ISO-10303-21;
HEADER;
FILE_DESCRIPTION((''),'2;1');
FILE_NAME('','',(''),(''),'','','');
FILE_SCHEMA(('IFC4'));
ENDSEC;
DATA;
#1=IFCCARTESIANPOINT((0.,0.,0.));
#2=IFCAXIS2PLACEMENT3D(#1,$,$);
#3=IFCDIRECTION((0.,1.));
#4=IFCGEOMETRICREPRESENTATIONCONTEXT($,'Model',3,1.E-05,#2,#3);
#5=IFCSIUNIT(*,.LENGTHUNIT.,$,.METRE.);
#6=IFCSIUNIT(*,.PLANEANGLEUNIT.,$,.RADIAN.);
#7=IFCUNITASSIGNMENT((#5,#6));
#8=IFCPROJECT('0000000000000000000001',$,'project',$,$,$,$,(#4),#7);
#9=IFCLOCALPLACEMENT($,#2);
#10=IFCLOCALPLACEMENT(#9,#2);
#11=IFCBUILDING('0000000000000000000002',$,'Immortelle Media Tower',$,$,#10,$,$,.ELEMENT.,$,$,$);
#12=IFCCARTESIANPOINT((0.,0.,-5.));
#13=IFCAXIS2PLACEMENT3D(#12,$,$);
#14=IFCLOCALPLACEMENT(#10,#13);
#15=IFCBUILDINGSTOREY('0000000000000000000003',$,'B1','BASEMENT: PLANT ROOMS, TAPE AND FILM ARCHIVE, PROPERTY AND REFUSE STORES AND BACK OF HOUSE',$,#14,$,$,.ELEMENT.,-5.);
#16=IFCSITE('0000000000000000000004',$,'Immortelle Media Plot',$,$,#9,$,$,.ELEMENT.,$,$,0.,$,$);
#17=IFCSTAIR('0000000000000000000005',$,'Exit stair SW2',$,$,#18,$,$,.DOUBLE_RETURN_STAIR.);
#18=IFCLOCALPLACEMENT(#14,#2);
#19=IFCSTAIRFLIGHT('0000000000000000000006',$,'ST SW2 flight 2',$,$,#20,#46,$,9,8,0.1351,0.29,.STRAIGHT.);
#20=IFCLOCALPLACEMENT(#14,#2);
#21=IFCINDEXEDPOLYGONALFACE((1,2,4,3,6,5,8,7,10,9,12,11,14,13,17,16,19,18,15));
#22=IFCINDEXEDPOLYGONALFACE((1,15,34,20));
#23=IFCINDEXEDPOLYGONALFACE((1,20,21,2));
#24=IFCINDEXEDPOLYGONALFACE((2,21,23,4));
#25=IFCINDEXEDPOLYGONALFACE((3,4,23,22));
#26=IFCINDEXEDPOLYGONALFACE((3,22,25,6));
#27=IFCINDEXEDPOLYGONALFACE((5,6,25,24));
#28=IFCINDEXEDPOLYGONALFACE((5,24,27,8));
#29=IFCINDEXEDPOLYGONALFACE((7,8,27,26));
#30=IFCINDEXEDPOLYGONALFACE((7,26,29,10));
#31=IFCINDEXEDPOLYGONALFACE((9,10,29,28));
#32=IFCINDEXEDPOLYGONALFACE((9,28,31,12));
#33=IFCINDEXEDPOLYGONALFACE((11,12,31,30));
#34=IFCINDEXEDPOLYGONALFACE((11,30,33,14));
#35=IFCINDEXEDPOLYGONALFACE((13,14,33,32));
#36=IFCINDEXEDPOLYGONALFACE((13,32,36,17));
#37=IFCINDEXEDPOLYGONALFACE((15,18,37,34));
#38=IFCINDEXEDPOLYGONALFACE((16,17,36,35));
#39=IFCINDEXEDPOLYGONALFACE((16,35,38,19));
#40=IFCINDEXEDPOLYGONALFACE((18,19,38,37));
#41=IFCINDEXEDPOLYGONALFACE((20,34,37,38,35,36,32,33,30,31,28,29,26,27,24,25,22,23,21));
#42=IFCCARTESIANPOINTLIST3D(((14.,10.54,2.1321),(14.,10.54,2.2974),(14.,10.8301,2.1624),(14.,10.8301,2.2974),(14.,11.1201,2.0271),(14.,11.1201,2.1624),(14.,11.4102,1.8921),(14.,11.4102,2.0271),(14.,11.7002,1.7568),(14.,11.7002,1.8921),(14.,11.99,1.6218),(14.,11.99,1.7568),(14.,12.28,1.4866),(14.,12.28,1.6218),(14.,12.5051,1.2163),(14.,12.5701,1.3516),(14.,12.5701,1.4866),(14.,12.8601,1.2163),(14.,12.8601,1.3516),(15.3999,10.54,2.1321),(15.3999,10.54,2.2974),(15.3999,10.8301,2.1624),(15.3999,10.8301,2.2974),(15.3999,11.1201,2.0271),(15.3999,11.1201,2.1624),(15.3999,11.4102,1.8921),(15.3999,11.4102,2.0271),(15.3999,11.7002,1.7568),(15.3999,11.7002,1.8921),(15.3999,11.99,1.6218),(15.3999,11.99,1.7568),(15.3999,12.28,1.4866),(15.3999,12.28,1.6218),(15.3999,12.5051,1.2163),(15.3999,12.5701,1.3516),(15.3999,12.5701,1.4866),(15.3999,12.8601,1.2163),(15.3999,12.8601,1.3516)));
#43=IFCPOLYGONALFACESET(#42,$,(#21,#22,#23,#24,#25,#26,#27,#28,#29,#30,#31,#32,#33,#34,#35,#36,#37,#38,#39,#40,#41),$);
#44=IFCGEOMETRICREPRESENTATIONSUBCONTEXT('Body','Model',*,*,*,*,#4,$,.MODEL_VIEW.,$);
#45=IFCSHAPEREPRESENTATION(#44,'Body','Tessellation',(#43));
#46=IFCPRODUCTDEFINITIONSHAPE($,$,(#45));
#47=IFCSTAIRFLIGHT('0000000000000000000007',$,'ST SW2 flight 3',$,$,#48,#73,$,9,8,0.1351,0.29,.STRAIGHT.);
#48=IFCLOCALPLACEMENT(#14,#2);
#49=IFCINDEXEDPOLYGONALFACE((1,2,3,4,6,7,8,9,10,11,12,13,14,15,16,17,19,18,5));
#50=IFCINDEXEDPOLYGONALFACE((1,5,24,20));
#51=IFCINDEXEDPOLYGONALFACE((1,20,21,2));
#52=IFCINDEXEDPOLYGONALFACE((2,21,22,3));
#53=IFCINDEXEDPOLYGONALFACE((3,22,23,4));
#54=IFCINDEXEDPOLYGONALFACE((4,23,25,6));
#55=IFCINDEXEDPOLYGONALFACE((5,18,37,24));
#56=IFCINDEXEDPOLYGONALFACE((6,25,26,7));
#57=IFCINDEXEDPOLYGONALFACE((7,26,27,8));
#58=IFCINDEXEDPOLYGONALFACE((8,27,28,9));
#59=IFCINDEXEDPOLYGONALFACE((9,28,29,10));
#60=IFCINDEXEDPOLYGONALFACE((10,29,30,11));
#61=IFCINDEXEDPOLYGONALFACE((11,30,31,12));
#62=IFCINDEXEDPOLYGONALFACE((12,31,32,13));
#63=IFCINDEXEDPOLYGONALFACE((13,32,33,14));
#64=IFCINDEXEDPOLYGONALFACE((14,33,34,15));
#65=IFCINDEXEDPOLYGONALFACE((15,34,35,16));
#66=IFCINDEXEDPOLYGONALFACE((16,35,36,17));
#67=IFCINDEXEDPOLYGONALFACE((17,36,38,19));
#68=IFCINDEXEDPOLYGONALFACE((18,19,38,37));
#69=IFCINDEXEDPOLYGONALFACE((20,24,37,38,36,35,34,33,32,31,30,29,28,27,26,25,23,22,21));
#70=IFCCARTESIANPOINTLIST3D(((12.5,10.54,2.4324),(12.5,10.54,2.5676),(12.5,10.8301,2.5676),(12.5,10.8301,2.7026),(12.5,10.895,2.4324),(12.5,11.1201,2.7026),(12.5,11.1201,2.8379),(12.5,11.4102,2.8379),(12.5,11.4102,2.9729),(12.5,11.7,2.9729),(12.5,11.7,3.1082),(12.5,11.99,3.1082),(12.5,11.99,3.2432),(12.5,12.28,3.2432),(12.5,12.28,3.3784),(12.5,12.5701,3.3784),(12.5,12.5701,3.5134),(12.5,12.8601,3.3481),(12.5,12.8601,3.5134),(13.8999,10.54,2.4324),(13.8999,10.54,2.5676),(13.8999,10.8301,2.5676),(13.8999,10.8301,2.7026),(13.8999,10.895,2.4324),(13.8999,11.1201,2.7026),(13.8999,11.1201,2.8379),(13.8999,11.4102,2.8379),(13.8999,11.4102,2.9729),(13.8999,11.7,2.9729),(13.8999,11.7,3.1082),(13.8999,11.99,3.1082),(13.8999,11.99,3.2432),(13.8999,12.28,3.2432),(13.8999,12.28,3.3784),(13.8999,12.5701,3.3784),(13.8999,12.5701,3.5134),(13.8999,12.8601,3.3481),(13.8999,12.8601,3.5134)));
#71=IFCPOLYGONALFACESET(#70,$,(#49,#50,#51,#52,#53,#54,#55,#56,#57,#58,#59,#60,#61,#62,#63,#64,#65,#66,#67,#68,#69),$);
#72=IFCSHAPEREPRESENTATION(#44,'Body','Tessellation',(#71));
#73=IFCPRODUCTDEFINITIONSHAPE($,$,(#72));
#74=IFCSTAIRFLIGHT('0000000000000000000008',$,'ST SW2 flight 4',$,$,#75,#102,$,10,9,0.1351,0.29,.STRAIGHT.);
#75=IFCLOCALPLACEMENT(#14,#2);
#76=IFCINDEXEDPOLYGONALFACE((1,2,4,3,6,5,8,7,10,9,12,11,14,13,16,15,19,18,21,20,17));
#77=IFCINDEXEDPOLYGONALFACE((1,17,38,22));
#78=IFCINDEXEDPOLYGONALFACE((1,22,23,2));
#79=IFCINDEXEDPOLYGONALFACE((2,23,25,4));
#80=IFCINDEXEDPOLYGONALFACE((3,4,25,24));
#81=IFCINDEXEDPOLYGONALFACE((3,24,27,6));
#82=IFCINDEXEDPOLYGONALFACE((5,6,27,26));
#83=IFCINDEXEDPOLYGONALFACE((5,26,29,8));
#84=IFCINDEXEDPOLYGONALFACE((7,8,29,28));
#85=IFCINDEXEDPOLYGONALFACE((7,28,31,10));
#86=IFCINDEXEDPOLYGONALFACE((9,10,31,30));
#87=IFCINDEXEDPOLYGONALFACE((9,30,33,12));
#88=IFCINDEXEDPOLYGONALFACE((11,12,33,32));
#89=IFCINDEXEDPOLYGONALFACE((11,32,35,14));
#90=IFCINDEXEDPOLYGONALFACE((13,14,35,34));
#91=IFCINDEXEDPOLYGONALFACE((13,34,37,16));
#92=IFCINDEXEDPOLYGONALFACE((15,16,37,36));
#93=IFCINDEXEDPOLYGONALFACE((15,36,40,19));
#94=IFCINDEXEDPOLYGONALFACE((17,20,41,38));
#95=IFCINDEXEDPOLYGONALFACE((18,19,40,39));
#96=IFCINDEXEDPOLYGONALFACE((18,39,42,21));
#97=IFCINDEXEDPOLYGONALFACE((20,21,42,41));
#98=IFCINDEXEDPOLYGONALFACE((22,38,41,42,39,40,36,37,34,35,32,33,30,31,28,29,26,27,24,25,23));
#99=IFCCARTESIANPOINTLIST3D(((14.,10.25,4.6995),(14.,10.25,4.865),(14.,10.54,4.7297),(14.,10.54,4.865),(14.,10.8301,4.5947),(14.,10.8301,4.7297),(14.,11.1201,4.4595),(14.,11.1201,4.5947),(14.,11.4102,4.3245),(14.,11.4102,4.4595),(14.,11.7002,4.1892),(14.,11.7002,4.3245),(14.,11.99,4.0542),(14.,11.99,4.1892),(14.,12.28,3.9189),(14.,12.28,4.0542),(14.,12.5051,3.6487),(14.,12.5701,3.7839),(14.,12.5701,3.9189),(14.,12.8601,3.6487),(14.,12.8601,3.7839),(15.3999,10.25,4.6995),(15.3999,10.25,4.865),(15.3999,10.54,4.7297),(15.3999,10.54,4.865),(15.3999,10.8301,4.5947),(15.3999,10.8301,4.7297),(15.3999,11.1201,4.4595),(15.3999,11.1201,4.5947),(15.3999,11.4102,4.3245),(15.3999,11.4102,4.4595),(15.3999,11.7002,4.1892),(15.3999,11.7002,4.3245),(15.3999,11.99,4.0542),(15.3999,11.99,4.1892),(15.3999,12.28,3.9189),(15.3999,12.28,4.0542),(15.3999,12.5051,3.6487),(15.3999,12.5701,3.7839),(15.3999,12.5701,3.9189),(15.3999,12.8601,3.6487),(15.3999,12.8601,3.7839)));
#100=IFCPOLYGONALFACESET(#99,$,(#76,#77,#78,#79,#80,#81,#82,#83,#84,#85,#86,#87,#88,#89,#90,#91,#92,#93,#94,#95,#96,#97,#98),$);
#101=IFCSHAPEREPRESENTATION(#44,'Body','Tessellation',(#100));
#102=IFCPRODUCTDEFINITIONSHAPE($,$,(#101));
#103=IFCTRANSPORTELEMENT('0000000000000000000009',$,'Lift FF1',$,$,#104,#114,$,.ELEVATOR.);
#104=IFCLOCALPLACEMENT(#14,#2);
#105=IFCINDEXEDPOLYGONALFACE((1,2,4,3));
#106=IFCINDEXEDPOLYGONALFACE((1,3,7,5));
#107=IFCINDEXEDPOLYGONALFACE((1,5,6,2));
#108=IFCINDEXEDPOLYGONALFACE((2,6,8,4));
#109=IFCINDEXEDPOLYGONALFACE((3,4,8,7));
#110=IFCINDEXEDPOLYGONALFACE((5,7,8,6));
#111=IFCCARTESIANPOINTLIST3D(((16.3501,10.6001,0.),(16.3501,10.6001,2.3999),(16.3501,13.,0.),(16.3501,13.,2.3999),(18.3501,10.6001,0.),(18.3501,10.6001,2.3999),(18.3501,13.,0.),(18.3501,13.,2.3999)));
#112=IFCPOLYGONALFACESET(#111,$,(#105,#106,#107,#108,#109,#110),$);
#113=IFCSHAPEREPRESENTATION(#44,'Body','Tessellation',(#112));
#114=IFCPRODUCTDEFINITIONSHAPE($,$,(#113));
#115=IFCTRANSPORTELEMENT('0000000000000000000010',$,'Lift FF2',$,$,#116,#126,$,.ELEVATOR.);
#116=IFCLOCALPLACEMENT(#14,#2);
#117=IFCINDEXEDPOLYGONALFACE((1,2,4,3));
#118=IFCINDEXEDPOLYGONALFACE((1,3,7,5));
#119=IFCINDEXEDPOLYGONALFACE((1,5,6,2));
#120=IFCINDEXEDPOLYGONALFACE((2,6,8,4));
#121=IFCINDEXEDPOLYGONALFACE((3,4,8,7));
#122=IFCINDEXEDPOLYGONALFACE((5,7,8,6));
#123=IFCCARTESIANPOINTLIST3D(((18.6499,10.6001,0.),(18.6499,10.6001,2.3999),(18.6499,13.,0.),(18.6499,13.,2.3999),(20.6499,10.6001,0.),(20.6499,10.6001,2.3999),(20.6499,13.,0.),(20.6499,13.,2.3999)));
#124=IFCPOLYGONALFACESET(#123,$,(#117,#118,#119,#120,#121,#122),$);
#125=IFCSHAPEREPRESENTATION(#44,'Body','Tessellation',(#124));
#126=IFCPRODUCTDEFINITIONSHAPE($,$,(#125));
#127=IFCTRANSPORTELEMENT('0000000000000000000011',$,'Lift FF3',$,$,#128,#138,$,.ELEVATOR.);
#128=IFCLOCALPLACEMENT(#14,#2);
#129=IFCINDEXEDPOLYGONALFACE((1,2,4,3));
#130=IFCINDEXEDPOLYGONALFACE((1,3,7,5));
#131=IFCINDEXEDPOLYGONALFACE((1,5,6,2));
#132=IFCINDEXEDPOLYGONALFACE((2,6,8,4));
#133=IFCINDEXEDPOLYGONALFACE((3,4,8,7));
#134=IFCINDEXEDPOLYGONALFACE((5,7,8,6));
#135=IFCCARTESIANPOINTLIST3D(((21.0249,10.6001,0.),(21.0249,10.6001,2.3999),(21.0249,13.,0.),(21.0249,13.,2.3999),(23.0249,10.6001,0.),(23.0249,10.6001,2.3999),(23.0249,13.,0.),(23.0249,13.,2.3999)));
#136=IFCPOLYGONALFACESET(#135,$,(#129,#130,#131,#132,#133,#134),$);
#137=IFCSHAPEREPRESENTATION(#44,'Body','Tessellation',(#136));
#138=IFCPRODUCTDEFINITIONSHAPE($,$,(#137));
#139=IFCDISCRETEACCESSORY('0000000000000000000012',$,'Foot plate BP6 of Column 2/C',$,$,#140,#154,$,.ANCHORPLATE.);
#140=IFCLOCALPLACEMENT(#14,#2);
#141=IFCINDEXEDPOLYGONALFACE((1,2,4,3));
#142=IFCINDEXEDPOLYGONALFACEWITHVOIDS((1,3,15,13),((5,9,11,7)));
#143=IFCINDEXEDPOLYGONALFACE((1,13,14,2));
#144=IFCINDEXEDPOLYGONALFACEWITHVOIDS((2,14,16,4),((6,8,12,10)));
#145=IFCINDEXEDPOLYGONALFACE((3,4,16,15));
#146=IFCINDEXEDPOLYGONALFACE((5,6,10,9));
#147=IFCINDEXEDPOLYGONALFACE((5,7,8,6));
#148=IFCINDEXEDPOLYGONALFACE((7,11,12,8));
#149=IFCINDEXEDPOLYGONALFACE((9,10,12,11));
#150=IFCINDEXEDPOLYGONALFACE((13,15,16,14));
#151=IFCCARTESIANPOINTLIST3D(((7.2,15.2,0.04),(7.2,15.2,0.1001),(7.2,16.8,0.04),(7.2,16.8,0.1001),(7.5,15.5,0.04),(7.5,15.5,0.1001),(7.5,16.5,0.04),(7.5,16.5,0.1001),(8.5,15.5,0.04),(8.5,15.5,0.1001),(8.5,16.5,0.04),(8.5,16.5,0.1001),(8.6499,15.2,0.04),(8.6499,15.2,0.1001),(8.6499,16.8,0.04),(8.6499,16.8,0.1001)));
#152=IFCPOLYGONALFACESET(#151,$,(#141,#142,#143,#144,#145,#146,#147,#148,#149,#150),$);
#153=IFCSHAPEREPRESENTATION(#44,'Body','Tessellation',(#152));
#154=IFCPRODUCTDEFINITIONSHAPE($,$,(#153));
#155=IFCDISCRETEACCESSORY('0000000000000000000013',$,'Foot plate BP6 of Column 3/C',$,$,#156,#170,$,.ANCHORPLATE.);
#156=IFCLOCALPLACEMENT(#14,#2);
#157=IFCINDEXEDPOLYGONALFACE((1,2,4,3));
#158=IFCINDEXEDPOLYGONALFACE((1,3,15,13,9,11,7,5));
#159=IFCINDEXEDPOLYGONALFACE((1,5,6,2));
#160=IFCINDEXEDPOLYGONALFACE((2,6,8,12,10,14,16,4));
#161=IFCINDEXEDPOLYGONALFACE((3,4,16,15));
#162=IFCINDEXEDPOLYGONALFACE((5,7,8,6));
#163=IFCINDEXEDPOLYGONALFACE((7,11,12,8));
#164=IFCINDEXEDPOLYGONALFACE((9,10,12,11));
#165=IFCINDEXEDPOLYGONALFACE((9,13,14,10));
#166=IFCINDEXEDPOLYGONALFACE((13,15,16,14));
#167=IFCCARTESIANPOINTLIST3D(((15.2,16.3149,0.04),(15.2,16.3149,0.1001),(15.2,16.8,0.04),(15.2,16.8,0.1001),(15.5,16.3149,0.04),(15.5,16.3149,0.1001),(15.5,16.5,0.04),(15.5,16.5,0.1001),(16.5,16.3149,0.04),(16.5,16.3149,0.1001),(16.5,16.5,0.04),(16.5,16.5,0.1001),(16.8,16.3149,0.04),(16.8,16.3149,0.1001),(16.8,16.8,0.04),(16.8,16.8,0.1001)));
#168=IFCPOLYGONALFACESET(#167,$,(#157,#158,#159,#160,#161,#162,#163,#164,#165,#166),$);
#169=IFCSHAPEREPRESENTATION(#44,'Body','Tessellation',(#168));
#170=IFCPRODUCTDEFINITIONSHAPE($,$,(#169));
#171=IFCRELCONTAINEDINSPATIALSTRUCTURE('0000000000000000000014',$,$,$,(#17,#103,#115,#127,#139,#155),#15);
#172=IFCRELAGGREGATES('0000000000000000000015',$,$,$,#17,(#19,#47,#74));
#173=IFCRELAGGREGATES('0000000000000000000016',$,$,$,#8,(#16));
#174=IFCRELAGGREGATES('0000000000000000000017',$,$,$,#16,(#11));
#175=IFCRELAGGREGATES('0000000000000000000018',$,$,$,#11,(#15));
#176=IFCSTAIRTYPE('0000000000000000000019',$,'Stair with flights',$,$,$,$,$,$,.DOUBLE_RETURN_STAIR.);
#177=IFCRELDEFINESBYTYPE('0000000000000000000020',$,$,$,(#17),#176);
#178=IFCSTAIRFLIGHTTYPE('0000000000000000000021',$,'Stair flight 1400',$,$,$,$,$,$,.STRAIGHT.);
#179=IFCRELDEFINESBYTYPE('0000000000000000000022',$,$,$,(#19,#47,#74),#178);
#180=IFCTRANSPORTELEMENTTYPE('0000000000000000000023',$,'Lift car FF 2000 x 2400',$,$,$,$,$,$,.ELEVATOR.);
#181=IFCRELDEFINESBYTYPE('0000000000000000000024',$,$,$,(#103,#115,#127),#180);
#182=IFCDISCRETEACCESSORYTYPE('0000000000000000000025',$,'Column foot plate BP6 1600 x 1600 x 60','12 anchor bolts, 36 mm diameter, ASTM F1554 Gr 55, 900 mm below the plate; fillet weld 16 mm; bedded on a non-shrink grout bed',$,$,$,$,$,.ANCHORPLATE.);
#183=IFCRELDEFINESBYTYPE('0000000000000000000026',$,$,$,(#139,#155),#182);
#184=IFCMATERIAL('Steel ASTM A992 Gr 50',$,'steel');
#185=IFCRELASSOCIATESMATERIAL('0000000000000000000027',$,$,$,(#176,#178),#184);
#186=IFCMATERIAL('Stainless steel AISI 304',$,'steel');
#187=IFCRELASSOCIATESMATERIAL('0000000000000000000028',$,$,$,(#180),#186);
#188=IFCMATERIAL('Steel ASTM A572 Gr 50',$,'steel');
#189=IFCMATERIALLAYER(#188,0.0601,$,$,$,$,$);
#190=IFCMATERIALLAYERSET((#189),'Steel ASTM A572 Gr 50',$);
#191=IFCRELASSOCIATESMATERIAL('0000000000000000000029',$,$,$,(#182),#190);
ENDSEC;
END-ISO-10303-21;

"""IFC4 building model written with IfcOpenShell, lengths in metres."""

from ifc_helpers import new_model, si_unit, direction, frame, origin, origin_2d, place, context, subcontext, project, spatial, polyline, rectangle, outline, extrude, material, layer, layer_set, type_object, element, aggregate, save


model = new_model("IFC4")

# Units and contexts
model_context = context("Model", 3, precision=1e-05, world=origin(), true_north=direction((0.0, 1.0)))
body_context = subcontext(model_context, "Body", "Model", "MODEL_VIEW")
ifc_project = project(units=[si_unit("LENGTHUNIT", "METRE"), si_unit("PLANEANGLEUNIT", "RADIAN")], contexts=[model_context])

# Site, building, storey
site_placement = place(None, origin())
site = spatial("IfcSite", under=ifc_project, at=site_placement, Name="Immortelle Media Plot", CompositionType="ELEMENT", RefElevation=0.0)
building_placement = place(site_placement, origin())
building = spatial("IfcBuilding", under=site, at=building_placement, Name="Immortelle Media Tower", CompositionType="ELEMENT")
storey_placement = place(building_placement, frame((0.0, 0.0, -5.0)))
storey = spatial("IfcBuildingStorey", under=building, at=storey_placement, Name="B1", Description="BASEMENT: PLANT ROOMS, TAPE AND FILM ARCHIVE, PROPERTY AND REFUSE STORES AND BACK OF HOUSE", CompositionType="ELEMENT", Elevation=-5.0)

# Shared definitions
ifc_material_1 = material(Name="Steel ASTM A572 Gr 50", Category="steel")

# Stair, stair flights
ifc_material_2 = material(Name="Steel ASTM A992 Gr 50", Category="steel")
stair_type = type_object("IfcStairType", Name="Stair with flights", PredefinedType="DOUBLE_RETURN_STAIR", material=ifc_material_2)
stair_flight_type = type_object("IfcStairFlightType", Name="Stair flight 1400", PredefinedType="STRAIGHT", material=ifc_material_2)
stair_1_placement = place(storey_placement, origin())
stair_1 = element("IfcStair", 1, at=stair_1_placement, inside=storey, type_object=stair_type, Name="Exit stair SW2", PredefinedType="DOUBLE_RETURN_STAIR")
stair_flight_1_placement = place(storey_placement, frame((14.7, 12.8601, 1.2163), z_axis=(0.0, 0.0, 1.0), x_axis=(0.0, -1.0, 0.0)))
stair_flight_1 = element("IfcStairFlight", 2, at=stair_flight_1_placement, type_object=stair_flight_type, Name="ST SW2 flight 2", NumberOfRisers=9, NumberOfTreads=8, PredefinedType="STRAIGHT", RiserHeight=0.1351, TreadLength=0.29, context=body_context, shape_type="SweptSolid", body=[
    extrude(outline(polyline([(0.0, 0.0), (0.0, 0.1353), (0.29, 0.1353), (0.29, 0.2703), (0.5801, 0.2703), (0.5801, 0.4055), (0.8701, 0.4055), (0.8701, 0.5405), (1.1599, 0.5405), (1.1599, 0.6758), (1.45, 0.6758), (1.45, 0.8108), (1.74, 0.8108), (1.74, 0.946), (2.03, 0.946), (2.03, 1.0811), (2.3201, 1.0811), (2.3201, 1.2163), (2.3201, 0.9158), (0.355, 0.0), (0.0, 0.0)])), frame((0.0, 0.7, 0.0), z_axis=(0.0, -1.0, 0.0), x_axis=(1.0, 0.0, 0.0)), (0.0, 0.0, 1.0), 1.3999),
])
stair_flight_2_placement = place(storey_placement, frame((13.2, 10.54, 2.4324), z_axis=(0.0, 0.0, 1.0), x_axis=(0.0, 1.0, 0.0)))
stair_flight_2 = element("IfcStairFlight", 3, at=stair_flight_2_placement, type_object=stair_flight_type, Name="ST SW2 flight 3", NumberOfRisers=9, NumberOfTreads=8, PredefinedType="STRAIGHT", RiserHeight=0.1351, TreadLength=0.29, context=body_context, shape_type="SweptSolid", body=[
    extrude(outline(polyline([(0.0, 0.0), (0.0, 0.1353), (0.29, 0.1353), (0.29, 0.2703), (0.5801, 0.2703), (0.5801, 0.4055), (0.8701, 0.4055), (0.8701, 0.5405), (1.1599, 0.5405), (1.1599, 0.6758), (1.45, 0.6758), (1.45, 0.8108), (1.74, 0.8108), (1.74, 0.946), (2.03, 0.946), (2.03, 1.0811), (2.3201, 1.0811), (2.3201, 1.2163), (2.3201, 0.9158), (0.355, 0.0), (0.0, 0.0)])), frame((0.0, 0.7, 0.0), z_axis=(0.0, -1.0, 0.0), x_axis=(1.0, 0.0, 0.0)), (0.0, 0.0, 1.0), 1.3999),
])
stair_flight_3_placement = place(storey_placement, frame((14.7, 12.8601, 3.6487), z_axis=(0.0, 0.0, 1.0), x_axis=(0.0, -1.0, 0.0)))
stair_flight_3 = element("IfcStairFlight", 4, at=stair_flight_3_placement, type_object=stair_flight_type, Name="ST SW2 flight 4", NumberOfRisers=10, NumberOfTreads=9, PredefinedType="STRAIGHT", RiserHeight=0.1351, TreadLength=0.29, context=body_context, shape_type="SweptSolid", body=[
    extrude(outline(polyline([(0.0, 0.0), (0.0, 0.1353), (0.29, 0.1353), (0.29, 0.2703), (0.5801, 0.2703), (0.5801, 0.4055), (0.8701, 0.4055), (0.8701, 0.5405), (1.1599, 0.5405), (1.1599, 0.6758), (1.45, 0.6758), (1.45, 0.8108), (1.74, 0.8108), (1.74, 0.946), (2.03, 0.946), (2.03, 1.0811), (2.3201, 1.0811), (2.3201, 1.2163), (2.6101, 1.2163), (2.6101, 1.3513), (2.6101, 1.0508), (0.355, 0.0), (0.0, 0.0)])), frame((0.0, 0.7, 0.0), z_axis=(0.0, -1.0, 0.0), x_axis=(1.0, 0.0, 0.0)), (0.0, 0.0, 1.0), 1.3999),
])
aggregate(stair_1, [stair_flight_1, stair_flight_2, stair_flight_3])

# Transport elements
ifc_material_3 = material(Name="Stainless steel AISI 304", Category="steel")
transport_element_type = type_object("IfcTransportElementType", Name="Lift car FF 2000 x 2400", PredefinedType="ELEVATOR", material=ifc_material_3)
for number, where, z_axis, x_axis, name in (
    (5, (17.3501, 11.8, 0.0), (0.0, 0.0, 1.0), (1.0, 0.0, 0.0), "Lift FF1"),
    (6, (19.6499, 11.8, 0.0), (0.0, 0.0, 1.0), (1.0, 0.0, 0.0), "Lift FF2"),
    (7, (22.0249, 11.8, 0.0), (0.0, 0.0, 1.0), (1.0, 0.0, 0.0), "Lift FF3"),
):
    element("IfcTransportElement", number, at=place(storey_placement, frame(where, z_axis=z_axis, x_axis=x_axis)), inside=storey, type_object=transport_element_type, Name=name, PredefinedType="ELEVATOR", context=body_context, shape_type="SweptSolid", body=[
        extrude(rectangle(XDim=2.0, YDim=2.3999, at=origin_2d()), origin(), (0.0, 0.0, 1.0), 2.3999),
    ])

# Discrete accessories
ifc_layer_1 = layer(ifc_material_1, 0.0601)
ifc_layer_set_1 = layer_set([ifc_layer_1], Name="Steel ASTM A572 Gr 50")
discrete_accessory_type = type_object("IfcDiscreteAccessoryType", Name="Column foot plate BP6 1600 x 1600 x 60", Description="12 anchor bolts, 36 mm diameter, ASTM F1554 Gr 55, 900 mm below the plate; fillet weld 16 mm; bedded on a non-shrink grout bed", PredefinedType="ANCHORPLATE", material=ifc_layer_set_1)
discrete_accessory_1_placement = place(storey_placement, frame((8.0, 16.0, 0.04), z_axis=(0.0, 0.0, 1.0), x_axis=(1.0, 0.0, 0.0)))
element("IfcDiscreteAccessory", 8, at=discrete_accessory_1_placement, inside=storey, type_object=discrete_accessory_type, Name="Foot plate BP6 of Column 2/C", PredefinedType="ANCHORPLATE", context=body_context, shape_type="SweptSolid", body=[
    extrude(outline(polyline([(-0.8, 0.8), (-0.8, -0.8), (0.6499, -0.8), (0.6499, 0.8), (-0.8, 0.8)]), holes=[polyline([(0.5, 0.5), (0.5, -0.5), (-0.5, -0.5), (-0.5, 0.5), (0.5, 0.5)])]), origin(), (0.0, 0.0, 1.0), 0.0601),
])
discrete_accessory_2_placement = place(storey_placement, frame((16.0, 16.0, 0.04), z_axis=(0.0, 0.0, 1.0), x_axis=(1.0, 0.0, 0.0)))
element("IfcDiscreteAccessory", 9, at=discrete_accessory_2_placement, inside=storey, type_object=discrete_accessory_type, Name="Foot plate BP6 of Column 3/C", PredefinedType="ANCHORPLATE", context=body_context, shape_type="SweptSolid", body=[
    extrude(outline(polyline([(-0.8, 0.3149), (-0.5, 0.3149), (-0.5, 0.5), (0.5, 0.5), (0.5, 0.3149), (0.8, 0.3149), (0.8, 0.8), (-0.8, 0.8), (-0.8, 0.3149)])), origin(), (0.0, 0.0, 1.0), 0.0601),
])

save(model, "model.ifc")
